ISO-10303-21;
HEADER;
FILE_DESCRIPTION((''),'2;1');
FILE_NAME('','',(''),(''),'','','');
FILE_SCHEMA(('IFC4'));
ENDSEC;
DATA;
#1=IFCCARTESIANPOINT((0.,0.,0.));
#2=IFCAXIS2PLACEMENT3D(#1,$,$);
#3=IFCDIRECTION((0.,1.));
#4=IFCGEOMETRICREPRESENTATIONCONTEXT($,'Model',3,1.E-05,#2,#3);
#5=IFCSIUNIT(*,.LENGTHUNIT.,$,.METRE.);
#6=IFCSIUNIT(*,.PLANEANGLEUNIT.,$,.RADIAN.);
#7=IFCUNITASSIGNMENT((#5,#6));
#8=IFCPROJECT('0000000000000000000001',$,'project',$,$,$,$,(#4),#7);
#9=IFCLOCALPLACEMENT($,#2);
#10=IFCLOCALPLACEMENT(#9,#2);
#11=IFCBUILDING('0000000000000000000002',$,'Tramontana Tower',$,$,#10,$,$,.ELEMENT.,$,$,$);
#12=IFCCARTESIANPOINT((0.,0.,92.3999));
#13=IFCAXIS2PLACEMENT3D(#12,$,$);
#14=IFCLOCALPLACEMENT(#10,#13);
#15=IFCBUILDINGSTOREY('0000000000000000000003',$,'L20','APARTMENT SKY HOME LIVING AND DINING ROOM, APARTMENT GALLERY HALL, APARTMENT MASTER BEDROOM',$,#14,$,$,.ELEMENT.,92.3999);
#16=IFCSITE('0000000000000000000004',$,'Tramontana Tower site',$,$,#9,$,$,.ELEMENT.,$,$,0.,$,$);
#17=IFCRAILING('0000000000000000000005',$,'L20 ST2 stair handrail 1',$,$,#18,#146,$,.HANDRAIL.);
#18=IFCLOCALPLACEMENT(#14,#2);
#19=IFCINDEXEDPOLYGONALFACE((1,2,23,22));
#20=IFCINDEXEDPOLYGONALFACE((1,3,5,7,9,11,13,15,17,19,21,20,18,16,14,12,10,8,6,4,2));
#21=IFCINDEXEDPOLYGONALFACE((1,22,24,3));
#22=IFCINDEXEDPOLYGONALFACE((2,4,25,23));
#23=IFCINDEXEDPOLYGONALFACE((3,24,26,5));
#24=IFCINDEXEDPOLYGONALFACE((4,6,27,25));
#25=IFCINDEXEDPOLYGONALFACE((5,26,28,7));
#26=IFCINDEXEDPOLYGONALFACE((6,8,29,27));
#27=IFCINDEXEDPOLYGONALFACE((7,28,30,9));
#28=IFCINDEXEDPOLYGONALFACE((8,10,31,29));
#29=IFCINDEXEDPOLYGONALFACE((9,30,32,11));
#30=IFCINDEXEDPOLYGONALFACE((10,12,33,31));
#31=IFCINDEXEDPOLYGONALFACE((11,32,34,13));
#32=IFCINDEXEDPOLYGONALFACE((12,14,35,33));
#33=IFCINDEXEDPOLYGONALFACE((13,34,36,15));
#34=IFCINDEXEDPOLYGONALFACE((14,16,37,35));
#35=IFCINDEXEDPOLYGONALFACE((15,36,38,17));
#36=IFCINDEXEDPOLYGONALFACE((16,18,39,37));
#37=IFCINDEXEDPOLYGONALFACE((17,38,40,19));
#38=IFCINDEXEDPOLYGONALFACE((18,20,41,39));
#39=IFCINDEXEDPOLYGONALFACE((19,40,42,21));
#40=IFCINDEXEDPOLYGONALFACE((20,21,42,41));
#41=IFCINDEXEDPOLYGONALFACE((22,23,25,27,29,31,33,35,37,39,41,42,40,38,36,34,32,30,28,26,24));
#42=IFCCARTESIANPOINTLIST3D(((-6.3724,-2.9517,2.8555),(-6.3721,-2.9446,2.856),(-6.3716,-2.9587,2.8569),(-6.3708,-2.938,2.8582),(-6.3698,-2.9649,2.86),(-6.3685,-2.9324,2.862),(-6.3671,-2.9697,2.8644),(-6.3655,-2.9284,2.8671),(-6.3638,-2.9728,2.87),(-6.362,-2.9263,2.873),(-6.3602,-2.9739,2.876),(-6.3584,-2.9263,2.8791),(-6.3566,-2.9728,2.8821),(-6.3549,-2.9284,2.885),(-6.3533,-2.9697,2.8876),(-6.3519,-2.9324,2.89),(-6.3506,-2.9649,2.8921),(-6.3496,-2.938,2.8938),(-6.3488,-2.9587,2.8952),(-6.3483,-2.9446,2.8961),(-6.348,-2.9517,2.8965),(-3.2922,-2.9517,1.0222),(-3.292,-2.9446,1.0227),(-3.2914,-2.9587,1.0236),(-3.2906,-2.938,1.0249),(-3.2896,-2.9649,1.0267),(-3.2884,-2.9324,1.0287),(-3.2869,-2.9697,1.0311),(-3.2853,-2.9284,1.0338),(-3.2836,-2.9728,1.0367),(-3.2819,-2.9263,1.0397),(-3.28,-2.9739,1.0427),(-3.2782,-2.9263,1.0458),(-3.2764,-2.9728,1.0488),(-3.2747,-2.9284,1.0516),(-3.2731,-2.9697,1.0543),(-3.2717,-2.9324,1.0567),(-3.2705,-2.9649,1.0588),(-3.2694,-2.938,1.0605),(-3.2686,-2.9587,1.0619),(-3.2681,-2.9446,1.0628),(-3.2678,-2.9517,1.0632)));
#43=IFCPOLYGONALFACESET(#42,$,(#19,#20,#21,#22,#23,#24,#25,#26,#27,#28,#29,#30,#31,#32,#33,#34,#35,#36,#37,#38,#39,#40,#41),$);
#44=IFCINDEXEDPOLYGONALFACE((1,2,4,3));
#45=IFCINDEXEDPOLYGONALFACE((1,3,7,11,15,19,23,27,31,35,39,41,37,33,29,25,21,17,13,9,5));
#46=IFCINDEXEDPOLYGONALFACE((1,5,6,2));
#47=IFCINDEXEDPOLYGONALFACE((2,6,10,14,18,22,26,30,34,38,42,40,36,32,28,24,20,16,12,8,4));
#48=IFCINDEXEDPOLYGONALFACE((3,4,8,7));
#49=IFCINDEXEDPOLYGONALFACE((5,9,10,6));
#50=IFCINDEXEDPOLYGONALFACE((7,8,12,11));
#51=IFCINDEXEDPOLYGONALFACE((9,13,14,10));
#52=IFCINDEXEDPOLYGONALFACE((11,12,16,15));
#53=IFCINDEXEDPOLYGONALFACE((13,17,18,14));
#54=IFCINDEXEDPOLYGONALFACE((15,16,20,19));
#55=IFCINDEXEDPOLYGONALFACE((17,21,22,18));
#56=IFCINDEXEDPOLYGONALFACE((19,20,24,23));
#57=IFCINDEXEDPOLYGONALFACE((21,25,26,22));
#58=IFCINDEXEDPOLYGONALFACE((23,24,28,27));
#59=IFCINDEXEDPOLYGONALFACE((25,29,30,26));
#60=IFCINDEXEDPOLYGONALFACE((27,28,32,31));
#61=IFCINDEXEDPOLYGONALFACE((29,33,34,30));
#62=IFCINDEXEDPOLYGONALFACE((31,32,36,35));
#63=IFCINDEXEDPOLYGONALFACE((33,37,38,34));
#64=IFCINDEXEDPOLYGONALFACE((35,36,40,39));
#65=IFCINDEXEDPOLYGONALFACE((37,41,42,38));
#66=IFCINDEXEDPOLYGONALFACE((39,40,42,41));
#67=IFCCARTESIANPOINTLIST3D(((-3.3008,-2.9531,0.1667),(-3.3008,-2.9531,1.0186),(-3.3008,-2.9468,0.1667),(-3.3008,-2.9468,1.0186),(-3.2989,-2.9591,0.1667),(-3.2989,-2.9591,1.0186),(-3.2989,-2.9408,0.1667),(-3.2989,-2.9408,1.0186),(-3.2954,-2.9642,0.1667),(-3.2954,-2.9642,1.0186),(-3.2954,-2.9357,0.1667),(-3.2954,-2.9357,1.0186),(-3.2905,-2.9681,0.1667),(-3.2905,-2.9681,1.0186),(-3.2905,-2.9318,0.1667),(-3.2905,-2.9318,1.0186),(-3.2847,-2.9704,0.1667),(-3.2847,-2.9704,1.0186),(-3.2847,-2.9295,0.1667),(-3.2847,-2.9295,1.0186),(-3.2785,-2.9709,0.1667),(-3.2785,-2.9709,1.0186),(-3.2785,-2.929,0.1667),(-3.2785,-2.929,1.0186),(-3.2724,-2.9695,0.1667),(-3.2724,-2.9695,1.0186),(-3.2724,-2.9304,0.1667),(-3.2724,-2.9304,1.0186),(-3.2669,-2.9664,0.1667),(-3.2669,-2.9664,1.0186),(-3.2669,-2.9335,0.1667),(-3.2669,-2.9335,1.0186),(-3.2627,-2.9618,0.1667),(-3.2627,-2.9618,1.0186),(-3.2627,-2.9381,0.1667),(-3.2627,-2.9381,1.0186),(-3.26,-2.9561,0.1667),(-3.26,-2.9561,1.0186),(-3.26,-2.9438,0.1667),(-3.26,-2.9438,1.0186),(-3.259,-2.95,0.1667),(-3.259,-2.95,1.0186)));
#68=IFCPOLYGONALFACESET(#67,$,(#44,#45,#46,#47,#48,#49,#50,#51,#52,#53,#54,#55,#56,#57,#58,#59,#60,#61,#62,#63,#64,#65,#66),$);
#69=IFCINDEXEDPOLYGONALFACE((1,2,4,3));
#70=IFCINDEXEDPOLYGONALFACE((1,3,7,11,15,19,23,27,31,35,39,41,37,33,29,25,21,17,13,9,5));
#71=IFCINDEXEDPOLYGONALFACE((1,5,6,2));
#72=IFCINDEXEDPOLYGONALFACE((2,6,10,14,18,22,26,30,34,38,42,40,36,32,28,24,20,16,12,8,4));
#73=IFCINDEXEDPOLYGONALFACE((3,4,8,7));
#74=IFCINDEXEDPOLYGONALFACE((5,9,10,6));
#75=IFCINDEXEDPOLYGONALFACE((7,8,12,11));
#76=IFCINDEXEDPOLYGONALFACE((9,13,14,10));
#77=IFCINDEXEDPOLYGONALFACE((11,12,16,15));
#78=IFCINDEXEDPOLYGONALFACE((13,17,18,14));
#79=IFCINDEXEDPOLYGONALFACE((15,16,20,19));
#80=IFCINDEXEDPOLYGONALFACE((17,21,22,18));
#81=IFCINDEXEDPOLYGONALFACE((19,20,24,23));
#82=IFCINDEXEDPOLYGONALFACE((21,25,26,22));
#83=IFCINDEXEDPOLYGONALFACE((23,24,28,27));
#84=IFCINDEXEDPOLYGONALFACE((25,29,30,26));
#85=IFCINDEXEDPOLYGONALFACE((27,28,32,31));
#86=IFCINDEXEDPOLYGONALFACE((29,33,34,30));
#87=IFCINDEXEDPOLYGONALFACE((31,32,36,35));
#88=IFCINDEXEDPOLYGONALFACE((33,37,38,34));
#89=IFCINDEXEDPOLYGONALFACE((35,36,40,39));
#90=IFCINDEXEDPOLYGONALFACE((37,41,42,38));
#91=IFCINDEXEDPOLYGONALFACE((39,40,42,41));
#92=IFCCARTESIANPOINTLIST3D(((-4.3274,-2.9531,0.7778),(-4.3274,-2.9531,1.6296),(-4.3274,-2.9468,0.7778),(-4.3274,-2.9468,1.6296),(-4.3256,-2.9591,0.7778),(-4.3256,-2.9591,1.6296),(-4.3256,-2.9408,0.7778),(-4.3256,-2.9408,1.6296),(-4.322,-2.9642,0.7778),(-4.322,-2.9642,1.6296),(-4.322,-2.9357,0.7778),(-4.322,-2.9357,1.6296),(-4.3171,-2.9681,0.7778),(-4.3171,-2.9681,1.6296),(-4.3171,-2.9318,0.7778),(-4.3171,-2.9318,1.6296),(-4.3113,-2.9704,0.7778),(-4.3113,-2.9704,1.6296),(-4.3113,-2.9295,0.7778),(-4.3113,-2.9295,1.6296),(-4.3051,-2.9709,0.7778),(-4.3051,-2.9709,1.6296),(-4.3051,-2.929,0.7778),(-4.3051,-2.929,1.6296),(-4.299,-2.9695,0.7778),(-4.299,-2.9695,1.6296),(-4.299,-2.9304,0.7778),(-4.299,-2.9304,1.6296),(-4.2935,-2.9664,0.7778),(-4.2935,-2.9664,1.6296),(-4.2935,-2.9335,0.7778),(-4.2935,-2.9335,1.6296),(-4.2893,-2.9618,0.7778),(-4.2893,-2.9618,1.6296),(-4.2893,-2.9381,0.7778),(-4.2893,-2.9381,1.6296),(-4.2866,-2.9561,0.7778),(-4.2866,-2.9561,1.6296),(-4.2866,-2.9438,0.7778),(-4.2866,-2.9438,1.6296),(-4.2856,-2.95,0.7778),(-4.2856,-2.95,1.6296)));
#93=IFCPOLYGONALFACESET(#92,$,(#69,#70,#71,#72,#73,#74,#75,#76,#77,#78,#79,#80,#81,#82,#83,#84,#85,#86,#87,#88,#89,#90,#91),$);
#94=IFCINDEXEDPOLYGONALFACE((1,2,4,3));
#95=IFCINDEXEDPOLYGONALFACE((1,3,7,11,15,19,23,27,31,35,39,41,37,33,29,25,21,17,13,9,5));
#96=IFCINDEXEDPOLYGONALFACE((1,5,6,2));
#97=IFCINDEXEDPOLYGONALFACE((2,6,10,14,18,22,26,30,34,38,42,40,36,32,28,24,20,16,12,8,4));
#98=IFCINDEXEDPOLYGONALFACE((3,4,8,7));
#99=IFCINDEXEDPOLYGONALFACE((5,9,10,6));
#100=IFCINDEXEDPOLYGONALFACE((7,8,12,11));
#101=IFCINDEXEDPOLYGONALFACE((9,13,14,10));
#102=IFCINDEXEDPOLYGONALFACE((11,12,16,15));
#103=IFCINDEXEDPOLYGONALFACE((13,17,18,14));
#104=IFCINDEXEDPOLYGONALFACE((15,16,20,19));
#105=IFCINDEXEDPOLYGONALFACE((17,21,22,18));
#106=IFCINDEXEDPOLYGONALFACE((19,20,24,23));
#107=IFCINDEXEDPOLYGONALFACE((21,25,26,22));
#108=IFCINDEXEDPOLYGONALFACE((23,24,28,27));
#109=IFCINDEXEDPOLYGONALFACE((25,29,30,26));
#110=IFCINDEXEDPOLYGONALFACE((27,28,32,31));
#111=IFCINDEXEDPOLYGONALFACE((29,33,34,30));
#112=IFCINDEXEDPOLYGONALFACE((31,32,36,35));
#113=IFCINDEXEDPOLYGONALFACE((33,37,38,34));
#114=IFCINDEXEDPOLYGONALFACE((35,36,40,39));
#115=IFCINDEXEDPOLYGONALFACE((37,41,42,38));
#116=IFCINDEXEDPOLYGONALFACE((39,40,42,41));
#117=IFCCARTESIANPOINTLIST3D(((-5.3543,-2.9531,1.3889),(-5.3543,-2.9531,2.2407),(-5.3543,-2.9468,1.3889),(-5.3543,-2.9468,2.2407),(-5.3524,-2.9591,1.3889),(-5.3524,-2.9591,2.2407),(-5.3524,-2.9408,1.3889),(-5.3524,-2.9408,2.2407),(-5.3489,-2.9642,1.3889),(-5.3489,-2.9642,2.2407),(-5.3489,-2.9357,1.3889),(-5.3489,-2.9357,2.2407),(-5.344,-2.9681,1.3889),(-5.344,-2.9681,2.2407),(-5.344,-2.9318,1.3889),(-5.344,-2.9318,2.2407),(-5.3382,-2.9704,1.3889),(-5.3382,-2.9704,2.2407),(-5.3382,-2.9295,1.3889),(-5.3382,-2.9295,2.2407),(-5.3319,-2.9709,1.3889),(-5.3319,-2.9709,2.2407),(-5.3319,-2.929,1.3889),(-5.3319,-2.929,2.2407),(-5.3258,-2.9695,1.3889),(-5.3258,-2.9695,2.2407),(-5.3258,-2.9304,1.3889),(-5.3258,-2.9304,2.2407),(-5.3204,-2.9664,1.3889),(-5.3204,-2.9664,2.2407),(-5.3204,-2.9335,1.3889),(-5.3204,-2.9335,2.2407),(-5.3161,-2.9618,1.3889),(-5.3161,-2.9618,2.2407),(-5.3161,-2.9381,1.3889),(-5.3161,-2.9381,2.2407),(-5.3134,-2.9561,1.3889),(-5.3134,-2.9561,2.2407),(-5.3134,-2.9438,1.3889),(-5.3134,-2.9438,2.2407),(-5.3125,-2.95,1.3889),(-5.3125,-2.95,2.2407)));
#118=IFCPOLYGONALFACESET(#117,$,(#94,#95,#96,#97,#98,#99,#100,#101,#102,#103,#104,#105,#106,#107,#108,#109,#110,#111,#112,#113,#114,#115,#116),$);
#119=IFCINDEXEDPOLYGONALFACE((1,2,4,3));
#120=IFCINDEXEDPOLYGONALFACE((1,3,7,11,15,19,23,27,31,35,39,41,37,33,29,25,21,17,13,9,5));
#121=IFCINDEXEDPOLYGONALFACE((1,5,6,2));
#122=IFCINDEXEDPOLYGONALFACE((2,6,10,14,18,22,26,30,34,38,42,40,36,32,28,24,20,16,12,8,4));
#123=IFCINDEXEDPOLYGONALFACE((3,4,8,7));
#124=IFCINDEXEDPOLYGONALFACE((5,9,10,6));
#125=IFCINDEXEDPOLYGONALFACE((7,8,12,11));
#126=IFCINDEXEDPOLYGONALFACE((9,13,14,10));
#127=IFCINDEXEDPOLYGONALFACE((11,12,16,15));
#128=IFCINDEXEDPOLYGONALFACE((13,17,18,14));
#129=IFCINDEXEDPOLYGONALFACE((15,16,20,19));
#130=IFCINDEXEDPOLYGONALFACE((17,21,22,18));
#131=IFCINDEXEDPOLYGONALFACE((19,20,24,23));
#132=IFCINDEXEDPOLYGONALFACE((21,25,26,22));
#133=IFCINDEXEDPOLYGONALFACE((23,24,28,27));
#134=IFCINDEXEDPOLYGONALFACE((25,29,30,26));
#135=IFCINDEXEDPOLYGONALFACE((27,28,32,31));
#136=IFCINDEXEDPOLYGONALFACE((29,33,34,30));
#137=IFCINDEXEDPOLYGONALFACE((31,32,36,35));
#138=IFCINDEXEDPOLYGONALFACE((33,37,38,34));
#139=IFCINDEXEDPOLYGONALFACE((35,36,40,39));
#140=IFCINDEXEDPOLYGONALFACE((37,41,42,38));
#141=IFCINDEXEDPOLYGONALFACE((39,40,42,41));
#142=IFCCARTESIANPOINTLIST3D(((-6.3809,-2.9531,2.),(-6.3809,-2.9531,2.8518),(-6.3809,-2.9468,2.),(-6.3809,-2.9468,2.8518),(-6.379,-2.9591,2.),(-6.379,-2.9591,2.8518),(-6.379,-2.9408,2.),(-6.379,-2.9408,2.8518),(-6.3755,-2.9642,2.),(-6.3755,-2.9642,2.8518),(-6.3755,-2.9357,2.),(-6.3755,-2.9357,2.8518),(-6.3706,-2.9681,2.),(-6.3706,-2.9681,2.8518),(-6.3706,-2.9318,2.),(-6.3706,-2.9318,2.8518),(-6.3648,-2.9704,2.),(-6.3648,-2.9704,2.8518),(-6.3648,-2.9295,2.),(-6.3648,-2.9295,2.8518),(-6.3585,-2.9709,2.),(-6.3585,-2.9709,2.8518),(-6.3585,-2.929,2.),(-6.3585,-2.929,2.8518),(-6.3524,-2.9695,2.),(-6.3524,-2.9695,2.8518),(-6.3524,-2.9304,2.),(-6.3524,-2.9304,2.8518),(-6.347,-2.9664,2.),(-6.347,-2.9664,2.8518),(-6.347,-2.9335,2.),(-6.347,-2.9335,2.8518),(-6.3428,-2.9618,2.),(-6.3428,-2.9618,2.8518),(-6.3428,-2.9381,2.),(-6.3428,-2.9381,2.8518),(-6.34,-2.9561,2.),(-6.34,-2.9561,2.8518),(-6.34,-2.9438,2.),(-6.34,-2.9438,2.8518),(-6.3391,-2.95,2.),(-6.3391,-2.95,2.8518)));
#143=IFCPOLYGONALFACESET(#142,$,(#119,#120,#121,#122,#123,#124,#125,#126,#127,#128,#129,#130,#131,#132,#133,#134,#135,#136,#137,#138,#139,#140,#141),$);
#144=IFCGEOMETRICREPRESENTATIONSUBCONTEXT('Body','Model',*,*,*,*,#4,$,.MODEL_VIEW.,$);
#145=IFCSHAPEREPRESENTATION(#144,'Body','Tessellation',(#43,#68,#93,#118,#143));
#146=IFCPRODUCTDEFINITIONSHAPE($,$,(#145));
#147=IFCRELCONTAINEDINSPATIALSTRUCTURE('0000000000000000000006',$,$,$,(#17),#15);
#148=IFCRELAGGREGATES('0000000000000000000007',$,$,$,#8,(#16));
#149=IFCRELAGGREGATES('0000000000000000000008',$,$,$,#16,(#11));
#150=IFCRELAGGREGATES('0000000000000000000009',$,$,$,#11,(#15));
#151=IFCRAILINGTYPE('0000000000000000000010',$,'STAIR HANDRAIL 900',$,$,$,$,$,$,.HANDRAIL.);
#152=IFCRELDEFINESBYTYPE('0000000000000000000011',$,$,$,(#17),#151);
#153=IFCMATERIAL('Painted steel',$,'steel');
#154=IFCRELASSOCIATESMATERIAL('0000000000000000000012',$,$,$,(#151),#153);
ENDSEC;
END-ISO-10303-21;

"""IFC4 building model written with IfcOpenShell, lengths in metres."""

from ifc_helpers import new_model, si_unit, direction, frame, origin, origin_2d, place, context, subcontext, project, spatial, circle, extrude, material, type_object, element, save


model = new_model("IFC4")

# Units and contexts
model_context = context("Model", 3, precision=1e-05, world=origin(), true_north=direction((0.0, 1.0)))
body_context = subcontext(model_context, "Body", "Model", "MODEL_VIEW")
ifc_project = project(units=[si_unit("LENGTHUNIT", "METRE"), si_unit("PLANEANGLEUNIT", "RADIAN")], contexts=[model_context])

# Site, building, storey
site_placement = place(None, origin())
site = spatial("IfcSite", under=ifc_project, at=site_placement, Name="Tramontana Tower site", CompositionType="ELEMENT", RefElevation=0.0)
building_placement = place(site_placement, origin())
building = spatial("IfcBuilding", under=site, at=building_placement, Name="Tramontana Tower", CompositionType="ELEMENT")
storey_placement = place(building_placement, frame((0.0, 0.0, 92.3999)))
storey = spatial("IfcBuildingStorey", under=building, at=storey_placement, Name="L20", Description="APARTMENT SKY HOME LIVING AND DINING ROOM, APARTMENT GALLERY HALL, APARTMENT MASTER BEDROOM", CompositionType="ELEMENT", Elevation=92.3999)

# Railing
ifc_material_1 = material(Name="Painted steel", Category="steel")
railing_type_1 = type_object("IfcRailingType", Name="STAIR HANDRAIL 900", PredefinedType="HANDRAIL", material=ifc_material_1)
railing_1_placement = place(storey_placement, frame((-3.28, -2.95, 0.1667)))
element("IfcRailing", 1, at=railing_1_placement, inside=storey, type_object=railing_type_1, Name="L20 ST2 stair handrail 1", PredefinedType="HANDRAIL", context=body_context, shape_type="SweptSolid", body=[
    extrude(circle(Radius=0.0239, at=origin_2d()), frame((0.0, 0.0, 0.876), z_axis=(-0.859309, 0.0, 0.511458), x_axis=(0.0, -1.0, 0.0)), (0.0, 0.0, 1.0), 3.5845),
    extrude(circle(Radius=0.021, at=origin_2d()), origin(), (0.0, 0.0, 1.0), 0.8518),
    extrude(circle(Radius=0.021, at=origin_2d()), frame((-1.0266, 0.0, 0.6111)), (0.0, 0.0, 1.0), 0.8518),
    extrude(circle(Radius=0.021, at=origin_2d()), frame((-2.0535, 0.0, 1.2222)), (0.0, 0.0, 1.0), 0.8518),
    extrude(circle(Radius=0.021, at=origin_2d()), frame((-3.0801, 0.0, 1.8333)), (0.0, 0.0, 1.0), 0.8518),
])

save(model, "model.ifc")
